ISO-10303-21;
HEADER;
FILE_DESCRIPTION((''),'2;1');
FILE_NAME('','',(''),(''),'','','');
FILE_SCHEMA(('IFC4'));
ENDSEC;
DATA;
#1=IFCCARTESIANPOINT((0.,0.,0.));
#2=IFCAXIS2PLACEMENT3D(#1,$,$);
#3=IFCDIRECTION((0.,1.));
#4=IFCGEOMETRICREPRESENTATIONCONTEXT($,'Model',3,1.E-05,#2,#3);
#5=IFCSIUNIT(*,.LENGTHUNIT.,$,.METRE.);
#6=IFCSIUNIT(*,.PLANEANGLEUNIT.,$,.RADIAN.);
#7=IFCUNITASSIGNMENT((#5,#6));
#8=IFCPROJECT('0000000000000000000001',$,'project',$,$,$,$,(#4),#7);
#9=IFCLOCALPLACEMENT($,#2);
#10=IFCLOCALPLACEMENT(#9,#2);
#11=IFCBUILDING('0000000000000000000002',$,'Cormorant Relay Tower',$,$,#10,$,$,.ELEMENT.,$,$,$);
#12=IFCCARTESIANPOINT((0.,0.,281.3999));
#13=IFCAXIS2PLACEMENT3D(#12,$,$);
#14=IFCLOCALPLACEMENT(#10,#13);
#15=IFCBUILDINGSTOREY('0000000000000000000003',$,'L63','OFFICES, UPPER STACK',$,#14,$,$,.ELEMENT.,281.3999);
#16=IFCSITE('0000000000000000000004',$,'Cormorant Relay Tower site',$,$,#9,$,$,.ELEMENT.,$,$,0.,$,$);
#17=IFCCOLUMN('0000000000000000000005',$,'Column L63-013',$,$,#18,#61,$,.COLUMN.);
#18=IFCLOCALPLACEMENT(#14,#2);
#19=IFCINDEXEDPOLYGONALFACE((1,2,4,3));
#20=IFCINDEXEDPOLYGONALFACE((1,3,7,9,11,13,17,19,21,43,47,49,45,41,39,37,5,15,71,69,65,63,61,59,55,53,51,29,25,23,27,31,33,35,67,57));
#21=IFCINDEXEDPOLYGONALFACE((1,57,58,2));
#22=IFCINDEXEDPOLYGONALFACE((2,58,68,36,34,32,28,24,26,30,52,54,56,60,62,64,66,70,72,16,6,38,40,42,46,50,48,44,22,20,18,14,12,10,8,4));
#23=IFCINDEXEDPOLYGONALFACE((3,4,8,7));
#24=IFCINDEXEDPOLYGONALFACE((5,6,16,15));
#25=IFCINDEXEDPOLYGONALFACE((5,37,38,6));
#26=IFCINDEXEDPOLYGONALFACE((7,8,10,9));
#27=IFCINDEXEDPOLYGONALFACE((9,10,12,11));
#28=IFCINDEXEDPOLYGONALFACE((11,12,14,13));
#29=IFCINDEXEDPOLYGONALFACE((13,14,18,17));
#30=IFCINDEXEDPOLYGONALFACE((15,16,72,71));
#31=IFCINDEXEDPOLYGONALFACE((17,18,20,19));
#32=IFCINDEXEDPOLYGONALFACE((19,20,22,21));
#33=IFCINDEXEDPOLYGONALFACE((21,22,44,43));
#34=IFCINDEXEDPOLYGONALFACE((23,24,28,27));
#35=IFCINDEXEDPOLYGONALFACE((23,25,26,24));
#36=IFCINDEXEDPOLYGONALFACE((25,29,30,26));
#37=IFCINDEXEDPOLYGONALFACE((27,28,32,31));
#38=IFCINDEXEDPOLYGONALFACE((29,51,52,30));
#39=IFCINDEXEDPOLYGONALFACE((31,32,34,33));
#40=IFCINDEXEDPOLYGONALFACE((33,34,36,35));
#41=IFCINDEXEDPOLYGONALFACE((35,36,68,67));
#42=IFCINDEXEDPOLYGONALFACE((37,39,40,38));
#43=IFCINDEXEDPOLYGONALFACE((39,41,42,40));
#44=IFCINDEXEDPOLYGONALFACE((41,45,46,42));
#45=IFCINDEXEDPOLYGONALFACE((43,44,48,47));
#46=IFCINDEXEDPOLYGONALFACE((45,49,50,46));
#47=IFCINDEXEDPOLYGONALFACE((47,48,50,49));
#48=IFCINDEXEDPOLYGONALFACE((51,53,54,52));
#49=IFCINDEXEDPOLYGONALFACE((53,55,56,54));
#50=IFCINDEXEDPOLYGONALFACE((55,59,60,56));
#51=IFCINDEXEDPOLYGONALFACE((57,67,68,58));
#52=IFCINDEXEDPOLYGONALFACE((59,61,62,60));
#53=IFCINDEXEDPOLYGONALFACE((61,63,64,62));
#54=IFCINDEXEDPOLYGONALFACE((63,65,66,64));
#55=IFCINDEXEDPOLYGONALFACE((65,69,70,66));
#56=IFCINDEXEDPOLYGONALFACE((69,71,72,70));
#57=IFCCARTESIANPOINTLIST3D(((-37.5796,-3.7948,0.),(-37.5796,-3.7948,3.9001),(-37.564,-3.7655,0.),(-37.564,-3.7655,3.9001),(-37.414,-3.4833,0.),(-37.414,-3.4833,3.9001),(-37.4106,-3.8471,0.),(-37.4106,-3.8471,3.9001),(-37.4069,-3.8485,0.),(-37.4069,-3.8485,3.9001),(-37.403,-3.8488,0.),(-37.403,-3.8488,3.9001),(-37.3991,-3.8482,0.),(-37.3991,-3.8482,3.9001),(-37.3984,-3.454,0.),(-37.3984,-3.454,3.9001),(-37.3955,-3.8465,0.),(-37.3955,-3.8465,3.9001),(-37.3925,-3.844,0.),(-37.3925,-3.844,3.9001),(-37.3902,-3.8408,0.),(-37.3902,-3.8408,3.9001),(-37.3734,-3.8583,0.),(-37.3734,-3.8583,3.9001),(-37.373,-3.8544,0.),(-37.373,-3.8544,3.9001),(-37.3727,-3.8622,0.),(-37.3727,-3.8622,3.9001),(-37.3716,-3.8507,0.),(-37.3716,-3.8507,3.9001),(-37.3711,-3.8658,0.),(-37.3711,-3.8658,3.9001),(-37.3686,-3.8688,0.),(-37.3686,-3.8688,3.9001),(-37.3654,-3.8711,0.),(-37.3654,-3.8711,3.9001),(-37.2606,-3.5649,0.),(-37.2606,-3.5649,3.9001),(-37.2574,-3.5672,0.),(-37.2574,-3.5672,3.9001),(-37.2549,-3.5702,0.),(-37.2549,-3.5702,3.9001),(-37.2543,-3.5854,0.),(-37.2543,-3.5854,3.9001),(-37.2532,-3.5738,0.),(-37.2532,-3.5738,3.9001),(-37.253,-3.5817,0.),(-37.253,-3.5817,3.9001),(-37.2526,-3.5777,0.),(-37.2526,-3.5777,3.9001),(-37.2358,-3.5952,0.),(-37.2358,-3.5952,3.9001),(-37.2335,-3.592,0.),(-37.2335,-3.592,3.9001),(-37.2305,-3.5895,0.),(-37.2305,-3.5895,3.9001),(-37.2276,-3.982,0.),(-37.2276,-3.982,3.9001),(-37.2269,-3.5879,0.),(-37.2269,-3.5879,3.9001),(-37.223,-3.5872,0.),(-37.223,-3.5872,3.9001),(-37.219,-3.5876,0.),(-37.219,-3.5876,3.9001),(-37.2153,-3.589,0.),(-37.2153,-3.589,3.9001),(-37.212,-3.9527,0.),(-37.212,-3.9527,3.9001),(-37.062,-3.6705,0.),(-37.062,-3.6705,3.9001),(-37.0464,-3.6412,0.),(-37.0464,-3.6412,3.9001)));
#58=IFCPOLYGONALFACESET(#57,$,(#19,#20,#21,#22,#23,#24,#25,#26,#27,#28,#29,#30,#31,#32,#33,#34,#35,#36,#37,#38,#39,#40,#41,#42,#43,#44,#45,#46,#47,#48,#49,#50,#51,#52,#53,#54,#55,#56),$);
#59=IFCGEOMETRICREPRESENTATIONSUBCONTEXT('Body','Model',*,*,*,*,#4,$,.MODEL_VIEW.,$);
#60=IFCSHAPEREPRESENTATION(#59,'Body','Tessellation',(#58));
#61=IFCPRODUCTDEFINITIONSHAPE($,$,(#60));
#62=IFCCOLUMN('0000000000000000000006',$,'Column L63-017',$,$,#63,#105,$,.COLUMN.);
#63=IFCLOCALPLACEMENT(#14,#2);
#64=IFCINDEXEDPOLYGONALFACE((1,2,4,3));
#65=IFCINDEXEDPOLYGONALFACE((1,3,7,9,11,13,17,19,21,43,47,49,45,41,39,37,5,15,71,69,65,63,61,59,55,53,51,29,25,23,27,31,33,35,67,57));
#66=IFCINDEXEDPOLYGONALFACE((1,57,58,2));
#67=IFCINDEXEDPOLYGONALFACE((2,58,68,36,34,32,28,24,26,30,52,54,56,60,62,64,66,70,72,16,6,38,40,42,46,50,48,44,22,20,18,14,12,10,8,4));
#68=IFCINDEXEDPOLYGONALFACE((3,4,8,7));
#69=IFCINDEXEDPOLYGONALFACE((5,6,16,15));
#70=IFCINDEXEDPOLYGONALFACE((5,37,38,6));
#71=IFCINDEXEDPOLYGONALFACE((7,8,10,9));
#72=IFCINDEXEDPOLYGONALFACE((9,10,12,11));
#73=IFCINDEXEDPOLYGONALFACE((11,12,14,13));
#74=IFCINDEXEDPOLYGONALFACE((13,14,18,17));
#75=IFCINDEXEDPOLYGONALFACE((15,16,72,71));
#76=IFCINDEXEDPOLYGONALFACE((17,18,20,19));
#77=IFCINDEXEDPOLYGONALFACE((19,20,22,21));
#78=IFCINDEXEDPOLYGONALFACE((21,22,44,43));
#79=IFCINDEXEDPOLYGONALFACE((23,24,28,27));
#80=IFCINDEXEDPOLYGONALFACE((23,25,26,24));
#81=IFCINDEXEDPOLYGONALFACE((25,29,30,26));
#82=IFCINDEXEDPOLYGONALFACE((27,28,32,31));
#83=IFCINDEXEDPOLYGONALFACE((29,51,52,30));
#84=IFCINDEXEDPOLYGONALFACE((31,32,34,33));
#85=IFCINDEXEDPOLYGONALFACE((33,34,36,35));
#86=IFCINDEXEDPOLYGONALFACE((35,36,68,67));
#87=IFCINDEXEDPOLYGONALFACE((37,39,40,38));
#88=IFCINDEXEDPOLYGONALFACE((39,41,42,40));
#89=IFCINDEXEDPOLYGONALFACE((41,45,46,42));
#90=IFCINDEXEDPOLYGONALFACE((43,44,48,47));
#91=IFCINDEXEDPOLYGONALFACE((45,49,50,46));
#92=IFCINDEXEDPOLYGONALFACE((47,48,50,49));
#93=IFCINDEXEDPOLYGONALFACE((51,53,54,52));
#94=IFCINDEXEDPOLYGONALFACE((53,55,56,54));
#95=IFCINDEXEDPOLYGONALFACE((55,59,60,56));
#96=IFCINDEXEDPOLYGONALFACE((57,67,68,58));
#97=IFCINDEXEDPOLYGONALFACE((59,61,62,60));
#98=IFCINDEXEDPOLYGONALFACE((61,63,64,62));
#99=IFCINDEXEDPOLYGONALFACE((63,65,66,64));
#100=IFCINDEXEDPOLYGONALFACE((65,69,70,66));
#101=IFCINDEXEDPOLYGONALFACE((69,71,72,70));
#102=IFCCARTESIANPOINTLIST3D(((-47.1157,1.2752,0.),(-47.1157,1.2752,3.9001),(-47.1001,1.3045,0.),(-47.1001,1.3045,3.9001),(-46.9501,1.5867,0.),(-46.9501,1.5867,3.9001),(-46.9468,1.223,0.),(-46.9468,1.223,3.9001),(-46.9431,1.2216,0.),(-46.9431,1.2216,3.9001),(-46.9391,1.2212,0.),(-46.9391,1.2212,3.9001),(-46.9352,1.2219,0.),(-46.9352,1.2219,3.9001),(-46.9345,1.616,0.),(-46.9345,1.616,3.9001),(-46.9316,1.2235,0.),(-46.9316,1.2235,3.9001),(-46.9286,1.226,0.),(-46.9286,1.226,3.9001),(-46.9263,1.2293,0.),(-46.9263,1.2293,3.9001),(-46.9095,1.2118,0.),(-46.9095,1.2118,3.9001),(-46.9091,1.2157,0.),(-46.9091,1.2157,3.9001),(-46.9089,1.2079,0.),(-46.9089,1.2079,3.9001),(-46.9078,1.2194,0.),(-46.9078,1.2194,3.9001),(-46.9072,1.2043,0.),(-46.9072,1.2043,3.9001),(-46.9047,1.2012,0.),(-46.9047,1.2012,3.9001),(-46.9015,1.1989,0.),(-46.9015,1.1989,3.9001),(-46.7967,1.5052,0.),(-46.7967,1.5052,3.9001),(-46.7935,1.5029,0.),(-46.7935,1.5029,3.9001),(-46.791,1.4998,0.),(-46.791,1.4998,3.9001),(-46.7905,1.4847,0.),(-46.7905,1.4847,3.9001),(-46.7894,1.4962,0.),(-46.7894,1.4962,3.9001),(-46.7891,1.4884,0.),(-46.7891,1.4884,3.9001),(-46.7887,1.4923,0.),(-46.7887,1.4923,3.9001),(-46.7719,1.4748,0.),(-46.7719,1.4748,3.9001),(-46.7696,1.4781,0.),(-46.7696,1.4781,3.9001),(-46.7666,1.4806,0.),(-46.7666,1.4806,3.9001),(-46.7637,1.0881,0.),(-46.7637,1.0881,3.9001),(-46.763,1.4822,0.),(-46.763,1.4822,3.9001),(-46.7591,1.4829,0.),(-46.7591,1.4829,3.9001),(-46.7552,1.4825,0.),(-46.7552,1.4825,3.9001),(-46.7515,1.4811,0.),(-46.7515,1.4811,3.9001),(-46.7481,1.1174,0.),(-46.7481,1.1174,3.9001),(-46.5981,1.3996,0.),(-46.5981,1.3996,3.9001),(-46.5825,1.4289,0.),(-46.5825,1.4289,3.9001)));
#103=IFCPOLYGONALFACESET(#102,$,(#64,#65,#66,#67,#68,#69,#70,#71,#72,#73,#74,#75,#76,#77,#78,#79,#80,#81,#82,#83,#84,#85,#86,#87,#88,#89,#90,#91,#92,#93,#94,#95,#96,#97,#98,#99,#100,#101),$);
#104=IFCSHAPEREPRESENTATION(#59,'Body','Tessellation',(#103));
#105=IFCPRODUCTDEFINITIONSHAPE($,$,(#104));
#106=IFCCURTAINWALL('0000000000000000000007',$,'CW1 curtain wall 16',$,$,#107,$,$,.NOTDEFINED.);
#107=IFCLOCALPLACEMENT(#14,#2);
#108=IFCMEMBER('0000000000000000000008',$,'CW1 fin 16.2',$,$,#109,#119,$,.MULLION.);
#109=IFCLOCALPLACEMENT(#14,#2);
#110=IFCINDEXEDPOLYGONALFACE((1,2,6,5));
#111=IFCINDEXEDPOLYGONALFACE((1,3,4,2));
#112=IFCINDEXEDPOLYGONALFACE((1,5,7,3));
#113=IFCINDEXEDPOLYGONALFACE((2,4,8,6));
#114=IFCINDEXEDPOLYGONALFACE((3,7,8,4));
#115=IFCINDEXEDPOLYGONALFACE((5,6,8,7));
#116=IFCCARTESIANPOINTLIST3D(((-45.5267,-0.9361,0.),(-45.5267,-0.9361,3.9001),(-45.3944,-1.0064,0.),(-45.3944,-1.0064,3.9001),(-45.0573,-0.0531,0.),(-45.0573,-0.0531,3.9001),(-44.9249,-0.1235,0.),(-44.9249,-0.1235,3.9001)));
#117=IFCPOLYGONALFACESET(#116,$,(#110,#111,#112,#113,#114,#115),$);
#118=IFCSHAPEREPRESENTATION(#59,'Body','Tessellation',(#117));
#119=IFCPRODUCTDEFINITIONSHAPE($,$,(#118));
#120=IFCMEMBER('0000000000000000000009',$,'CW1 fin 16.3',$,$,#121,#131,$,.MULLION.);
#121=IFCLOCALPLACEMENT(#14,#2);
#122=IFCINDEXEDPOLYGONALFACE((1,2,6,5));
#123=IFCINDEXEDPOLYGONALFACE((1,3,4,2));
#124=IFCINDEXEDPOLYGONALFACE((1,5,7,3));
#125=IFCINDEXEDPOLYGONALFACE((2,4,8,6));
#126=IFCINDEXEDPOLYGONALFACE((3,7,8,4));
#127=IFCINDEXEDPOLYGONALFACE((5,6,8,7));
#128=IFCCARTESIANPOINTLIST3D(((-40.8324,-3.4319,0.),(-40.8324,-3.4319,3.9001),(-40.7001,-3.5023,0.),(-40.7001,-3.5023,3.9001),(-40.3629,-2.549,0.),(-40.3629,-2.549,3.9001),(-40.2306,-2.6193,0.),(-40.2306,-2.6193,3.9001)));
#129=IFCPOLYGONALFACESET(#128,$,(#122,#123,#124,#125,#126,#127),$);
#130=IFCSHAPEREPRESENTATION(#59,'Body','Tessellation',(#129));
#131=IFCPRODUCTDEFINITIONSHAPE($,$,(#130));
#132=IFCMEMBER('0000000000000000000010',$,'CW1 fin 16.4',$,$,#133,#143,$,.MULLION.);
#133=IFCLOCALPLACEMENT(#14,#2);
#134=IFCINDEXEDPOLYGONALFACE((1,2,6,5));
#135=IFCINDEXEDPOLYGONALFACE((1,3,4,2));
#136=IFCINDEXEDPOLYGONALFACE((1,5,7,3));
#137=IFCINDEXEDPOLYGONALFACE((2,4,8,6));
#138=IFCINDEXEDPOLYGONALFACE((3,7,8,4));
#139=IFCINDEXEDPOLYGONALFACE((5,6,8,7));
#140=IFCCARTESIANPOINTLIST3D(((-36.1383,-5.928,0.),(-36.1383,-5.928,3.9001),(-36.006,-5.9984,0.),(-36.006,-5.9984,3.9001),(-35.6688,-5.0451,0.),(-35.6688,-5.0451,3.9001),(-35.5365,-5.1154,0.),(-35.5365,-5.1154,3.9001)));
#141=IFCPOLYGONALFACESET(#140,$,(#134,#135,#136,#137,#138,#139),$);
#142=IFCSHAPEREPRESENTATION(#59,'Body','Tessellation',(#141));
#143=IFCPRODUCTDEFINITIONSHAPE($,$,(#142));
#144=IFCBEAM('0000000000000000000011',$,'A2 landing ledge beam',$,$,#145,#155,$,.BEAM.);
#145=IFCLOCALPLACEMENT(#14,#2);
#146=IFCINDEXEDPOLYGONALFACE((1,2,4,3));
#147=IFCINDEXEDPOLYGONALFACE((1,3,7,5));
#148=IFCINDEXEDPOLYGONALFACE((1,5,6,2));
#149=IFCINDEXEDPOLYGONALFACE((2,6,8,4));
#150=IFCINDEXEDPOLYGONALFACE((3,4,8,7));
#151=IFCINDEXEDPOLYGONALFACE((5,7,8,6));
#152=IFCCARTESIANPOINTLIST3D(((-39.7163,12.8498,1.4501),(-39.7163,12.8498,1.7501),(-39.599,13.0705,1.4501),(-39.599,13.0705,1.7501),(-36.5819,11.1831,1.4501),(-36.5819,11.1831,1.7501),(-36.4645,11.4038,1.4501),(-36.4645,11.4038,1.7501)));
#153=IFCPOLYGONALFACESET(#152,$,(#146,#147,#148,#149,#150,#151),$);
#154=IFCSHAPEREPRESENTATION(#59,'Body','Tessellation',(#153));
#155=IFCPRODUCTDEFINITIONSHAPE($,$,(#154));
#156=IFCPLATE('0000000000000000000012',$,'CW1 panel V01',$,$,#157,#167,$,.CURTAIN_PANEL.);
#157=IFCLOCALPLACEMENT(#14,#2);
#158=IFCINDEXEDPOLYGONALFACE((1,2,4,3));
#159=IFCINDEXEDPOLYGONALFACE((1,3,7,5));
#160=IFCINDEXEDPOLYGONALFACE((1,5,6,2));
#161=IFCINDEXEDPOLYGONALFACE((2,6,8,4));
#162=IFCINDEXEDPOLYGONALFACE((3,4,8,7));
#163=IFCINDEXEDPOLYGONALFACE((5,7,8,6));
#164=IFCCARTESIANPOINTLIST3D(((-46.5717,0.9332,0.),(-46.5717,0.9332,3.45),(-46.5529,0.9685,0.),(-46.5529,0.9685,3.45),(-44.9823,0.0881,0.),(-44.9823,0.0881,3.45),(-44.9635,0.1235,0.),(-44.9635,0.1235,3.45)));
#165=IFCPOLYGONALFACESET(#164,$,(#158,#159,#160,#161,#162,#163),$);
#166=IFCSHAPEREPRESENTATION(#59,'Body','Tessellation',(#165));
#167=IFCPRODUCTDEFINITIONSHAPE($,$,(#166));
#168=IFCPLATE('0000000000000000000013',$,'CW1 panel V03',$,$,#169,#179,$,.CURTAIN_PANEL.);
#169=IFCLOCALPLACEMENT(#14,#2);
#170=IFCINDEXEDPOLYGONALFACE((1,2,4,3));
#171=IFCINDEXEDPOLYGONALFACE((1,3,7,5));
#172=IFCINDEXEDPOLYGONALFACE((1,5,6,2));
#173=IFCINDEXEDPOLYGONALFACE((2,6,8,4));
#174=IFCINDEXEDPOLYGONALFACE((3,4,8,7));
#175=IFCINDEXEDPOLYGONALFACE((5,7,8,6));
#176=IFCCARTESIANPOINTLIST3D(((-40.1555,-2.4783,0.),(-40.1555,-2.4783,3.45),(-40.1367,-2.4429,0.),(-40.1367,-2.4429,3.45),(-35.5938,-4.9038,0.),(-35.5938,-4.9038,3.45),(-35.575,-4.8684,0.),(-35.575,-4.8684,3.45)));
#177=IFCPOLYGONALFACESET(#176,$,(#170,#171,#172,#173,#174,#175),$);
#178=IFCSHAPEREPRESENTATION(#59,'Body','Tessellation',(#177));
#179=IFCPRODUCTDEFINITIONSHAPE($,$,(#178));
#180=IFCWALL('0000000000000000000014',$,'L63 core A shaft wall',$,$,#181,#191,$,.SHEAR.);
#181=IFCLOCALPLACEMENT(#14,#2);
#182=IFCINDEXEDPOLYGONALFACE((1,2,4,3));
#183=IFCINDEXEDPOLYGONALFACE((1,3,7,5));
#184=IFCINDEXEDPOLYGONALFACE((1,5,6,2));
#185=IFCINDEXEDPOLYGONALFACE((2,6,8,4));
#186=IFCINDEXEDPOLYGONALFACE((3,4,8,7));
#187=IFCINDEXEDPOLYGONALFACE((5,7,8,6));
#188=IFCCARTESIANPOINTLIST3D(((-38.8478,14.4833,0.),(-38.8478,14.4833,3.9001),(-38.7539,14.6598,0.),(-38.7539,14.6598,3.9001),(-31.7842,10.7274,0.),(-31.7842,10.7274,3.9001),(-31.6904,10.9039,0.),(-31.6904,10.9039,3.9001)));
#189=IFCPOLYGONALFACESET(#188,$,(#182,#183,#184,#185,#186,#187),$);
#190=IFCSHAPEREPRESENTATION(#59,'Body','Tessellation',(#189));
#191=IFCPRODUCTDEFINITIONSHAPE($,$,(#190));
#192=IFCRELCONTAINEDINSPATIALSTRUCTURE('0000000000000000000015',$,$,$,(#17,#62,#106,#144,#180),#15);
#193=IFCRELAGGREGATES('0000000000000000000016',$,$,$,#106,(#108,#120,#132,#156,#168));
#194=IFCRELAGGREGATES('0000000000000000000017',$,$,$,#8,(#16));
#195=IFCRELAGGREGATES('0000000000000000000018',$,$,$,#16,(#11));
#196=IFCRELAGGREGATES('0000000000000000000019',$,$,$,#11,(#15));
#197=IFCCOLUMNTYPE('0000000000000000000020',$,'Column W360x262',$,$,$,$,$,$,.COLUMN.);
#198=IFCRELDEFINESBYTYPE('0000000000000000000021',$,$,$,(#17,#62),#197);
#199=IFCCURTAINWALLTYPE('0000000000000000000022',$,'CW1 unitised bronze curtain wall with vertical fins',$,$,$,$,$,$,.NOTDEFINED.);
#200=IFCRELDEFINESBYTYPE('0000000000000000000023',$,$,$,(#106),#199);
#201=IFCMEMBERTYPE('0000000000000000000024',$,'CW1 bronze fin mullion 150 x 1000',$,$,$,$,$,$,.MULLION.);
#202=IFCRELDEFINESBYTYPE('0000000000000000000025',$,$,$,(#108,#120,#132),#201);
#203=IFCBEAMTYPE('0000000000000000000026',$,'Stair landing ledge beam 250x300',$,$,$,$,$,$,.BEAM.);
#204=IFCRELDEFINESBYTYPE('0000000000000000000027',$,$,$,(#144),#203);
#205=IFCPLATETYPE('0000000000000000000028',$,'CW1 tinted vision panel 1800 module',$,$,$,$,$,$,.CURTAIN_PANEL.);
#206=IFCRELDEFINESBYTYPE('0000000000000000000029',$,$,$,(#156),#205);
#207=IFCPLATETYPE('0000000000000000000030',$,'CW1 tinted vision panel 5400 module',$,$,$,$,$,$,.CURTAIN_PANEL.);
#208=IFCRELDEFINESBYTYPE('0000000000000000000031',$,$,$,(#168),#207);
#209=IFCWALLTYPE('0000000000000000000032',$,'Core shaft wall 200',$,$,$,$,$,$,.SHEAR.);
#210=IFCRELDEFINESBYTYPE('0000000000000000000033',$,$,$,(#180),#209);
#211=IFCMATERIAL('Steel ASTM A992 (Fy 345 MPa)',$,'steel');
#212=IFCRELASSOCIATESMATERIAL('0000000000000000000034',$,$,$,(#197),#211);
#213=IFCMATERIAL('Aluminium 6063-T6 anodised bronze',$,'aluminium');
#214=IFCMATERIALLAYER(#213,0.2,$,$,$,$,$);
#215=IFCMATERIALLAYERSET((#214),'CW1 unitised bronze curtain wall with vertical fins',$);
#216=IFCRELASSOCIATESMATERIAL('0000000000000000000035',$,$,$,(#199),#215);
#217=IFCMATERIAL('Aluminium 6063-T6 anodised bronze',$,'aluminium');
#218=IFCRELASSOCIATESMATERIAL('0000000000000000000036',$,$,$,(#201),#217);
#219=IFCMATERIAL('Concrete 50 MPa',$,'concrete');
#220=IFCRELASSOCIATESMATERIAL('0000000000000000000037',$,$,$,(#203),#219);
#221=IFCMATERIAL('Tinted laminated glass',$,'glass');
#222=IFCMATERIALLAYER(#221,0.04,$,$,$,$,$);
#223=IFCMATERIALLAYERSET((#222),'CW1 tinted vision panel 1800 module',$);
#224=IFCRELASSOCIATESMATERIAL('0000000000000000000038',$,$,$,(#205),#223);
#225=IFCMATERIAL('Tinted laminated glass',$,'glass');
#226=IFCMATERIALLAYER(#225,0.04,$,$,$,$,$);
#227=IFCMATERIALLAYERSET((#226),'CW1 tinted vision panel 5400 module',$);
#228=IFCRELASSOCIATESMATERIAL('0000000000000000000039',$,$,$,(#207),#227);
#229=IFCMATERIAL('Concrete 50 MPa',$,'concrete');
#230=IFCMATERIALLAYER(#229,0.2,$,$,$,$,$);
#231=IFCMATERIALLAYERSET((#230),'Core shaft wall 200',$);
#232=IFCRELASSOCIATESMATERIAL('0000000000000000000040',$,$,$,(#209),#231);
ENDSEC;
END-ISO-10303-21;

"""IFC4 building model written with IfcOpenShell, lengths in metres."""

from ifc_helpers import new_model, si_unit, direction, frame, frame_2d, origin, origin_2d, place, context, subcontext, project, spatial, rectangle, i_section, extrude, material, layer, layer_set, material_profile, profile_set, type_object, element, aggregate, save


model = new_model("IFC4")

# Units and contexts
model_context = context("Model", 3, precision=1e-05, world=origin(), true_north=direction((0.0, 1.0)))
body_context = subcontext(model_context, "Body", "Model", "MODEL_VIEW")
ifc_project = project(units=[si_unit("LENGTHUNIT", "METRE"), si_unit("PLANEANGLEUNIT", "RADIAN")], contexts=[model_context])

# Site, building, storey
site_placement = place(None, origin())
site = spatial("IfcSite", under=ifc_project, at=site_placement, Name="Cormorant Relay Tower site", CompositionType="ELEMENT", RefElevation=0.0)
building_placement = place(site_placement, origin())
building = spatial("IfcBuilding", under=site, at=building_placement, Name="Cormorant Relay Tower", CompositionType="ELEMENT")
storey_placement = place(building_placement, frame((0.0, 0.0, 281.3999)))
storey = spatial("IfcBuildingStorey", under=building, at=storey_placement, Name="L63", Description="OFFICES, UPPER STACK", CompositionType="ELEMENT", Elevation=281.3999)

# Columns
ifc_material_1 = material(Name="Steel ASTM A992 (Fy 345 MPa)", Category="steel")
ifc_material_profile_1 = material_profile(ifc_material_1, i_section(OverallWidth=0.3987, OverallDepth=0.386, WebThickness=0.021, FlangeThickness=0.0332, FilletRadius=0.0151, at=origin_2d()), Name="W360x262")
ifc_profile_set_1 = profile_set([ifc_material_profile_1], Name="Steel ASTM A992 (Fy 345 MPa)")
column_type = type_object("IfcColumnType", Name="Column W360x262", PredefinedType="COLUMN", material=ifc_profile_set_1)
for number, where, z_axis, x_axis, name in (
    (1, (-37.313, -3.718, 0.0), (0.0, 0.0, 1.0), (0.882948, -0.469472, 0.0), "Column L63-013"),
    (2, (-46.8491, 1.3521, 0.0), (0.0, 0.0, 1.0), (0.882948, -0.469472, 0.0), "Column L63-017"),
):
    element("IfcColumn", number, at=place(storey_placement, frame(where, z_axis=z_axis, x_axis=x_axis)), inside=storey, type_object=column_type, Name=name, PredefinedType="COLUMN", context=body_context, shape_type="SweptSolid", body=[
        extrude(i_section(OverallWidth=0.3987, OverallDepth=0.386, WebThickness=0.021, FlangeThickness=0.0332, FilletRadius=0.0151, at=origin_2d()), origin(), (0.0, 0.0, 1.0), 3.9001),
    ])

# Curtain wall, members
ifc_material_2 = material(Name="Aluminium 6063-T6 anodised bronze", Category="aluminium")
ifc_layer_1 = layer(ifc_material_2, 0.2)
ifc_layer_set_1 = layer_set([ifc_layer_1], Name="CW1 unitised bronze curtain wall with vertical fins")
curtain_wall_type = type_object("IfcCurtainWallType", Name="CW1 unitised bronze curtain wall with vertical fins", PredefinedType="NOTDEFINED", material=ifc_layer_set_1)
curtain_wall_placement = place(storey_placement, origin())
curtain_wall = element("IfcCurtainWall", 3, at=curtain_wall_placement, inside=storey, type_object=curtain_wall_type, Name="CW1 curtain wall 16", PredefinedType="NOTDEFINED")
ifc_material_3 = material(Name="Aluminium 6063-T6 anodised bronze", Category="aluminium")
ifc_material_profile_2 = material_profile(ifc_material_3, rectangle(XDim=0.1499, YDim=1.0, at=origin_2d()), Name="AL 150x1000")
ifc_profile_set_2 = profile_set([ifc_material_profile_2], Name="Aluminium 6063-T6 anodised bronze")
member_type = type_object("IfcMemberType", Name="CW1 bronze fin mullion 150 x 1000", PredefinedType="MULLION", material=ifc_profile_set_2)
member_1_placement = place(storey_placement, frame((-45.2258, -0.5298, 0.0), z_axis=(0.0, 0.0, 1.0), x_axis=(0.882948, -0.469472, 0.0)))
member_1 = element("IfcMember", 4, at=member_1_placement, type_object=member_type, Name="CW1 fin 16.2", PredefinedType="MULLION", context=body_context, shape_type="SweptSolid", body=[
    extrude(rectangle(XDim=0.1499, YDim=1.0, at=origin_2d()), origin(), (0.0, 0.0, 1.0), 3.9001),
])
member_2_placement = place(storey_placement, frame((-40.5315, -3.0256, 0.0), z_axis=(0.0, 0.0, 1.0), x_axis=(0.882948, -0.469472, 0.0)))
member_2 = element("IfcMember", 5, at=member_2_placement, type_object=member_type, Name="CW1 fin 16.3", PredefinedType="MULLION", context=body_context, shape_type="SweptSolid", body=[
    extrude(rectangle(XDim=0.1499, YDim=1.0, at=origin_2d()), origin(), (0.0, 0.0, 1.0), 3.9001),
])
member_3_placement = place(storey_placement, frame((-35.8374, -5.5217, 0.0), z_axis=(0.0, 0.0, 1.0), x_axis=(0.882948, -0.469472, 0.0)))
member_3 = element("IfcMember", 6, at=member_3_placement, type_object=member_type, Name="CW1 fin 16.4", PredefinedType="MULLION", context=body_context, shape_type="SweptSolid", body=[
    extrude(rectangle(XDim=0.1499, YDim=1.0, at=origin_2d()), origin(), (0.0, 0.0, 1.0), 3.9001),
])

# Beam
ifc_material_4 = material(Name="Concrete 50 MPa", Category="concrete")
ifc_material_profile_3 = material_profile(ifc_material_4, rectangle(XDim=0.25, YDim=0.3, at=origin_2d()), Name="RC 250x300")
ifc_profile_set_3 = profile_set([ifc_material_profile_3], Name="Concrete 50 MPa")
beam_type = type_object("IfcBeamType", Name="Stair landing ledge beam 250x300", PredefinedType="BEAM", material=ifc_profile_set_3)
beam_placement = place(storey_placement, frame((-36.5232, 11.2935, 1.6001), z_axis=(-0.882937, 0.469492, 0.0), x_axis=(-0.469492, -0.882937, 0.0)))
element("IfcBeam", 7, at=beam_placement, inside=storey, type_object=beam_type, Name="A2 landing ledge beam", PredefinedType="BEAM", context=body_context, shape_type="SweptSolid", body=[
    extrude(rectangle(XDim=0.25, YDim=0.3, at=origin_2d()), origin(), (0.0, 0.0, 1.0), 3.55),
])

# Plates
ifc_material_5 = material(Name="Tinted laminated glass", Category="glass")
ifc_layer_2 = layer(ifc_material_5, 0.04)
ifc_layer_set_2 = layer_set([ifc_layer_2], Name="CW1 tinted vision panel 1800 module")
plate_type_1 = type_object("IfcPlateType", Name="CW1 tinted vision panel 1800 module", PredefinedType="CURTAIN_PANEL", material=ifc_layer_set_2)
plate_1_placement = place(storey_placement, frame((-45.7676, 0.5283, 0.0), z_axis=(0.0, 0.0, 1.0), x_axis=(0.882948, -0.469472, 0.0)))
plate_1 = element("IfcPlate", 8, at=plate_1_placement, type_object=plate_type_1, Name="CW1 panel V01", PredefinedType="CURTAIN_PANEL", context=body_context, shape_type="SweptSolid", body=[
    extrude(rectangle(XDim=1.8, YDim=0.04, at=origin_2d()), origin(), (0.0, 0.0, 1.0), 3.45),
])
ifc_material_6 = material(Name="Tinted laminated glass", Category="glass")
ifc_layer_3 = layer(ifc_material_6, 0.04)
ifc_layer_set_3 = layer_set([ifc_layer_3], Name="CW1 tinted vision panel 5400 module")
plate_type_2 = type_object("IfcPlateType", Name="CW1 tinted vision panel 5400 module", PredefinedType="CURTAIN_PANEL", material=ifc_layer_set_3)
plate_2_placement = place(storey_placement, frame((-37.8652, -3.6733, 0.0), z_axis=(0.0, 0.0, 1.0), x_axis=(0.882948, -0.469472, 0.0)))
plate_2 = element("IfcPlate", 9, at=plate_2_placement, type_object=plate_type_2, Name="CW1 panel V03", PredefinedType="CURTAIN_PANEL", context=body_context, shape_type="SweptSolid", body=[
    extrude(rectangle(XDim=5.1665, YDim=0.04, at=origin_2d()), origin(), (0.0, 0.0, 1.0), 3.45),
])

# Wall
ifc_material_7 = material(Name="Concrete 50 MPa", Category="concrete")
ifc_layer_4 = layer(ifc_material_7, 0.2)
ifc_layer_set_4 = layer_set([ifc_layer_4], Name="Core shaft wall 200")
wall_type_1 = type_object("IfcWallType", Name="Core shaft wall 200", PredefinedType="SHEAR", material=ifc_layer_set_4)
wall_1_placement = place(storey_placement, frame((-31.7373, 10.8157, 0.0), z_axis=(0.0, 0.0, 1.0), x_axis=(-0.88294, 0.469485, 0.0)))
element("IfcWall", 10, at=wall_1_placement, inside=storey, type_object=wall_type_1, Name="L63 core A shaft wall", PredefinedType="SHEAR", context=body_context, shape_type="SweptSolid", body=[
    extrude(rectangle(XDim=8.0, YDim=0.2, at=frame_2d((4.0, 0.0))), origin(), (0.0, 0.0, 1.0), 3.9001),
])

aggregate(curtain_wall, [member_1, member_2, member_3, plate_1, plate_2])

save(model, "model.ifc")
